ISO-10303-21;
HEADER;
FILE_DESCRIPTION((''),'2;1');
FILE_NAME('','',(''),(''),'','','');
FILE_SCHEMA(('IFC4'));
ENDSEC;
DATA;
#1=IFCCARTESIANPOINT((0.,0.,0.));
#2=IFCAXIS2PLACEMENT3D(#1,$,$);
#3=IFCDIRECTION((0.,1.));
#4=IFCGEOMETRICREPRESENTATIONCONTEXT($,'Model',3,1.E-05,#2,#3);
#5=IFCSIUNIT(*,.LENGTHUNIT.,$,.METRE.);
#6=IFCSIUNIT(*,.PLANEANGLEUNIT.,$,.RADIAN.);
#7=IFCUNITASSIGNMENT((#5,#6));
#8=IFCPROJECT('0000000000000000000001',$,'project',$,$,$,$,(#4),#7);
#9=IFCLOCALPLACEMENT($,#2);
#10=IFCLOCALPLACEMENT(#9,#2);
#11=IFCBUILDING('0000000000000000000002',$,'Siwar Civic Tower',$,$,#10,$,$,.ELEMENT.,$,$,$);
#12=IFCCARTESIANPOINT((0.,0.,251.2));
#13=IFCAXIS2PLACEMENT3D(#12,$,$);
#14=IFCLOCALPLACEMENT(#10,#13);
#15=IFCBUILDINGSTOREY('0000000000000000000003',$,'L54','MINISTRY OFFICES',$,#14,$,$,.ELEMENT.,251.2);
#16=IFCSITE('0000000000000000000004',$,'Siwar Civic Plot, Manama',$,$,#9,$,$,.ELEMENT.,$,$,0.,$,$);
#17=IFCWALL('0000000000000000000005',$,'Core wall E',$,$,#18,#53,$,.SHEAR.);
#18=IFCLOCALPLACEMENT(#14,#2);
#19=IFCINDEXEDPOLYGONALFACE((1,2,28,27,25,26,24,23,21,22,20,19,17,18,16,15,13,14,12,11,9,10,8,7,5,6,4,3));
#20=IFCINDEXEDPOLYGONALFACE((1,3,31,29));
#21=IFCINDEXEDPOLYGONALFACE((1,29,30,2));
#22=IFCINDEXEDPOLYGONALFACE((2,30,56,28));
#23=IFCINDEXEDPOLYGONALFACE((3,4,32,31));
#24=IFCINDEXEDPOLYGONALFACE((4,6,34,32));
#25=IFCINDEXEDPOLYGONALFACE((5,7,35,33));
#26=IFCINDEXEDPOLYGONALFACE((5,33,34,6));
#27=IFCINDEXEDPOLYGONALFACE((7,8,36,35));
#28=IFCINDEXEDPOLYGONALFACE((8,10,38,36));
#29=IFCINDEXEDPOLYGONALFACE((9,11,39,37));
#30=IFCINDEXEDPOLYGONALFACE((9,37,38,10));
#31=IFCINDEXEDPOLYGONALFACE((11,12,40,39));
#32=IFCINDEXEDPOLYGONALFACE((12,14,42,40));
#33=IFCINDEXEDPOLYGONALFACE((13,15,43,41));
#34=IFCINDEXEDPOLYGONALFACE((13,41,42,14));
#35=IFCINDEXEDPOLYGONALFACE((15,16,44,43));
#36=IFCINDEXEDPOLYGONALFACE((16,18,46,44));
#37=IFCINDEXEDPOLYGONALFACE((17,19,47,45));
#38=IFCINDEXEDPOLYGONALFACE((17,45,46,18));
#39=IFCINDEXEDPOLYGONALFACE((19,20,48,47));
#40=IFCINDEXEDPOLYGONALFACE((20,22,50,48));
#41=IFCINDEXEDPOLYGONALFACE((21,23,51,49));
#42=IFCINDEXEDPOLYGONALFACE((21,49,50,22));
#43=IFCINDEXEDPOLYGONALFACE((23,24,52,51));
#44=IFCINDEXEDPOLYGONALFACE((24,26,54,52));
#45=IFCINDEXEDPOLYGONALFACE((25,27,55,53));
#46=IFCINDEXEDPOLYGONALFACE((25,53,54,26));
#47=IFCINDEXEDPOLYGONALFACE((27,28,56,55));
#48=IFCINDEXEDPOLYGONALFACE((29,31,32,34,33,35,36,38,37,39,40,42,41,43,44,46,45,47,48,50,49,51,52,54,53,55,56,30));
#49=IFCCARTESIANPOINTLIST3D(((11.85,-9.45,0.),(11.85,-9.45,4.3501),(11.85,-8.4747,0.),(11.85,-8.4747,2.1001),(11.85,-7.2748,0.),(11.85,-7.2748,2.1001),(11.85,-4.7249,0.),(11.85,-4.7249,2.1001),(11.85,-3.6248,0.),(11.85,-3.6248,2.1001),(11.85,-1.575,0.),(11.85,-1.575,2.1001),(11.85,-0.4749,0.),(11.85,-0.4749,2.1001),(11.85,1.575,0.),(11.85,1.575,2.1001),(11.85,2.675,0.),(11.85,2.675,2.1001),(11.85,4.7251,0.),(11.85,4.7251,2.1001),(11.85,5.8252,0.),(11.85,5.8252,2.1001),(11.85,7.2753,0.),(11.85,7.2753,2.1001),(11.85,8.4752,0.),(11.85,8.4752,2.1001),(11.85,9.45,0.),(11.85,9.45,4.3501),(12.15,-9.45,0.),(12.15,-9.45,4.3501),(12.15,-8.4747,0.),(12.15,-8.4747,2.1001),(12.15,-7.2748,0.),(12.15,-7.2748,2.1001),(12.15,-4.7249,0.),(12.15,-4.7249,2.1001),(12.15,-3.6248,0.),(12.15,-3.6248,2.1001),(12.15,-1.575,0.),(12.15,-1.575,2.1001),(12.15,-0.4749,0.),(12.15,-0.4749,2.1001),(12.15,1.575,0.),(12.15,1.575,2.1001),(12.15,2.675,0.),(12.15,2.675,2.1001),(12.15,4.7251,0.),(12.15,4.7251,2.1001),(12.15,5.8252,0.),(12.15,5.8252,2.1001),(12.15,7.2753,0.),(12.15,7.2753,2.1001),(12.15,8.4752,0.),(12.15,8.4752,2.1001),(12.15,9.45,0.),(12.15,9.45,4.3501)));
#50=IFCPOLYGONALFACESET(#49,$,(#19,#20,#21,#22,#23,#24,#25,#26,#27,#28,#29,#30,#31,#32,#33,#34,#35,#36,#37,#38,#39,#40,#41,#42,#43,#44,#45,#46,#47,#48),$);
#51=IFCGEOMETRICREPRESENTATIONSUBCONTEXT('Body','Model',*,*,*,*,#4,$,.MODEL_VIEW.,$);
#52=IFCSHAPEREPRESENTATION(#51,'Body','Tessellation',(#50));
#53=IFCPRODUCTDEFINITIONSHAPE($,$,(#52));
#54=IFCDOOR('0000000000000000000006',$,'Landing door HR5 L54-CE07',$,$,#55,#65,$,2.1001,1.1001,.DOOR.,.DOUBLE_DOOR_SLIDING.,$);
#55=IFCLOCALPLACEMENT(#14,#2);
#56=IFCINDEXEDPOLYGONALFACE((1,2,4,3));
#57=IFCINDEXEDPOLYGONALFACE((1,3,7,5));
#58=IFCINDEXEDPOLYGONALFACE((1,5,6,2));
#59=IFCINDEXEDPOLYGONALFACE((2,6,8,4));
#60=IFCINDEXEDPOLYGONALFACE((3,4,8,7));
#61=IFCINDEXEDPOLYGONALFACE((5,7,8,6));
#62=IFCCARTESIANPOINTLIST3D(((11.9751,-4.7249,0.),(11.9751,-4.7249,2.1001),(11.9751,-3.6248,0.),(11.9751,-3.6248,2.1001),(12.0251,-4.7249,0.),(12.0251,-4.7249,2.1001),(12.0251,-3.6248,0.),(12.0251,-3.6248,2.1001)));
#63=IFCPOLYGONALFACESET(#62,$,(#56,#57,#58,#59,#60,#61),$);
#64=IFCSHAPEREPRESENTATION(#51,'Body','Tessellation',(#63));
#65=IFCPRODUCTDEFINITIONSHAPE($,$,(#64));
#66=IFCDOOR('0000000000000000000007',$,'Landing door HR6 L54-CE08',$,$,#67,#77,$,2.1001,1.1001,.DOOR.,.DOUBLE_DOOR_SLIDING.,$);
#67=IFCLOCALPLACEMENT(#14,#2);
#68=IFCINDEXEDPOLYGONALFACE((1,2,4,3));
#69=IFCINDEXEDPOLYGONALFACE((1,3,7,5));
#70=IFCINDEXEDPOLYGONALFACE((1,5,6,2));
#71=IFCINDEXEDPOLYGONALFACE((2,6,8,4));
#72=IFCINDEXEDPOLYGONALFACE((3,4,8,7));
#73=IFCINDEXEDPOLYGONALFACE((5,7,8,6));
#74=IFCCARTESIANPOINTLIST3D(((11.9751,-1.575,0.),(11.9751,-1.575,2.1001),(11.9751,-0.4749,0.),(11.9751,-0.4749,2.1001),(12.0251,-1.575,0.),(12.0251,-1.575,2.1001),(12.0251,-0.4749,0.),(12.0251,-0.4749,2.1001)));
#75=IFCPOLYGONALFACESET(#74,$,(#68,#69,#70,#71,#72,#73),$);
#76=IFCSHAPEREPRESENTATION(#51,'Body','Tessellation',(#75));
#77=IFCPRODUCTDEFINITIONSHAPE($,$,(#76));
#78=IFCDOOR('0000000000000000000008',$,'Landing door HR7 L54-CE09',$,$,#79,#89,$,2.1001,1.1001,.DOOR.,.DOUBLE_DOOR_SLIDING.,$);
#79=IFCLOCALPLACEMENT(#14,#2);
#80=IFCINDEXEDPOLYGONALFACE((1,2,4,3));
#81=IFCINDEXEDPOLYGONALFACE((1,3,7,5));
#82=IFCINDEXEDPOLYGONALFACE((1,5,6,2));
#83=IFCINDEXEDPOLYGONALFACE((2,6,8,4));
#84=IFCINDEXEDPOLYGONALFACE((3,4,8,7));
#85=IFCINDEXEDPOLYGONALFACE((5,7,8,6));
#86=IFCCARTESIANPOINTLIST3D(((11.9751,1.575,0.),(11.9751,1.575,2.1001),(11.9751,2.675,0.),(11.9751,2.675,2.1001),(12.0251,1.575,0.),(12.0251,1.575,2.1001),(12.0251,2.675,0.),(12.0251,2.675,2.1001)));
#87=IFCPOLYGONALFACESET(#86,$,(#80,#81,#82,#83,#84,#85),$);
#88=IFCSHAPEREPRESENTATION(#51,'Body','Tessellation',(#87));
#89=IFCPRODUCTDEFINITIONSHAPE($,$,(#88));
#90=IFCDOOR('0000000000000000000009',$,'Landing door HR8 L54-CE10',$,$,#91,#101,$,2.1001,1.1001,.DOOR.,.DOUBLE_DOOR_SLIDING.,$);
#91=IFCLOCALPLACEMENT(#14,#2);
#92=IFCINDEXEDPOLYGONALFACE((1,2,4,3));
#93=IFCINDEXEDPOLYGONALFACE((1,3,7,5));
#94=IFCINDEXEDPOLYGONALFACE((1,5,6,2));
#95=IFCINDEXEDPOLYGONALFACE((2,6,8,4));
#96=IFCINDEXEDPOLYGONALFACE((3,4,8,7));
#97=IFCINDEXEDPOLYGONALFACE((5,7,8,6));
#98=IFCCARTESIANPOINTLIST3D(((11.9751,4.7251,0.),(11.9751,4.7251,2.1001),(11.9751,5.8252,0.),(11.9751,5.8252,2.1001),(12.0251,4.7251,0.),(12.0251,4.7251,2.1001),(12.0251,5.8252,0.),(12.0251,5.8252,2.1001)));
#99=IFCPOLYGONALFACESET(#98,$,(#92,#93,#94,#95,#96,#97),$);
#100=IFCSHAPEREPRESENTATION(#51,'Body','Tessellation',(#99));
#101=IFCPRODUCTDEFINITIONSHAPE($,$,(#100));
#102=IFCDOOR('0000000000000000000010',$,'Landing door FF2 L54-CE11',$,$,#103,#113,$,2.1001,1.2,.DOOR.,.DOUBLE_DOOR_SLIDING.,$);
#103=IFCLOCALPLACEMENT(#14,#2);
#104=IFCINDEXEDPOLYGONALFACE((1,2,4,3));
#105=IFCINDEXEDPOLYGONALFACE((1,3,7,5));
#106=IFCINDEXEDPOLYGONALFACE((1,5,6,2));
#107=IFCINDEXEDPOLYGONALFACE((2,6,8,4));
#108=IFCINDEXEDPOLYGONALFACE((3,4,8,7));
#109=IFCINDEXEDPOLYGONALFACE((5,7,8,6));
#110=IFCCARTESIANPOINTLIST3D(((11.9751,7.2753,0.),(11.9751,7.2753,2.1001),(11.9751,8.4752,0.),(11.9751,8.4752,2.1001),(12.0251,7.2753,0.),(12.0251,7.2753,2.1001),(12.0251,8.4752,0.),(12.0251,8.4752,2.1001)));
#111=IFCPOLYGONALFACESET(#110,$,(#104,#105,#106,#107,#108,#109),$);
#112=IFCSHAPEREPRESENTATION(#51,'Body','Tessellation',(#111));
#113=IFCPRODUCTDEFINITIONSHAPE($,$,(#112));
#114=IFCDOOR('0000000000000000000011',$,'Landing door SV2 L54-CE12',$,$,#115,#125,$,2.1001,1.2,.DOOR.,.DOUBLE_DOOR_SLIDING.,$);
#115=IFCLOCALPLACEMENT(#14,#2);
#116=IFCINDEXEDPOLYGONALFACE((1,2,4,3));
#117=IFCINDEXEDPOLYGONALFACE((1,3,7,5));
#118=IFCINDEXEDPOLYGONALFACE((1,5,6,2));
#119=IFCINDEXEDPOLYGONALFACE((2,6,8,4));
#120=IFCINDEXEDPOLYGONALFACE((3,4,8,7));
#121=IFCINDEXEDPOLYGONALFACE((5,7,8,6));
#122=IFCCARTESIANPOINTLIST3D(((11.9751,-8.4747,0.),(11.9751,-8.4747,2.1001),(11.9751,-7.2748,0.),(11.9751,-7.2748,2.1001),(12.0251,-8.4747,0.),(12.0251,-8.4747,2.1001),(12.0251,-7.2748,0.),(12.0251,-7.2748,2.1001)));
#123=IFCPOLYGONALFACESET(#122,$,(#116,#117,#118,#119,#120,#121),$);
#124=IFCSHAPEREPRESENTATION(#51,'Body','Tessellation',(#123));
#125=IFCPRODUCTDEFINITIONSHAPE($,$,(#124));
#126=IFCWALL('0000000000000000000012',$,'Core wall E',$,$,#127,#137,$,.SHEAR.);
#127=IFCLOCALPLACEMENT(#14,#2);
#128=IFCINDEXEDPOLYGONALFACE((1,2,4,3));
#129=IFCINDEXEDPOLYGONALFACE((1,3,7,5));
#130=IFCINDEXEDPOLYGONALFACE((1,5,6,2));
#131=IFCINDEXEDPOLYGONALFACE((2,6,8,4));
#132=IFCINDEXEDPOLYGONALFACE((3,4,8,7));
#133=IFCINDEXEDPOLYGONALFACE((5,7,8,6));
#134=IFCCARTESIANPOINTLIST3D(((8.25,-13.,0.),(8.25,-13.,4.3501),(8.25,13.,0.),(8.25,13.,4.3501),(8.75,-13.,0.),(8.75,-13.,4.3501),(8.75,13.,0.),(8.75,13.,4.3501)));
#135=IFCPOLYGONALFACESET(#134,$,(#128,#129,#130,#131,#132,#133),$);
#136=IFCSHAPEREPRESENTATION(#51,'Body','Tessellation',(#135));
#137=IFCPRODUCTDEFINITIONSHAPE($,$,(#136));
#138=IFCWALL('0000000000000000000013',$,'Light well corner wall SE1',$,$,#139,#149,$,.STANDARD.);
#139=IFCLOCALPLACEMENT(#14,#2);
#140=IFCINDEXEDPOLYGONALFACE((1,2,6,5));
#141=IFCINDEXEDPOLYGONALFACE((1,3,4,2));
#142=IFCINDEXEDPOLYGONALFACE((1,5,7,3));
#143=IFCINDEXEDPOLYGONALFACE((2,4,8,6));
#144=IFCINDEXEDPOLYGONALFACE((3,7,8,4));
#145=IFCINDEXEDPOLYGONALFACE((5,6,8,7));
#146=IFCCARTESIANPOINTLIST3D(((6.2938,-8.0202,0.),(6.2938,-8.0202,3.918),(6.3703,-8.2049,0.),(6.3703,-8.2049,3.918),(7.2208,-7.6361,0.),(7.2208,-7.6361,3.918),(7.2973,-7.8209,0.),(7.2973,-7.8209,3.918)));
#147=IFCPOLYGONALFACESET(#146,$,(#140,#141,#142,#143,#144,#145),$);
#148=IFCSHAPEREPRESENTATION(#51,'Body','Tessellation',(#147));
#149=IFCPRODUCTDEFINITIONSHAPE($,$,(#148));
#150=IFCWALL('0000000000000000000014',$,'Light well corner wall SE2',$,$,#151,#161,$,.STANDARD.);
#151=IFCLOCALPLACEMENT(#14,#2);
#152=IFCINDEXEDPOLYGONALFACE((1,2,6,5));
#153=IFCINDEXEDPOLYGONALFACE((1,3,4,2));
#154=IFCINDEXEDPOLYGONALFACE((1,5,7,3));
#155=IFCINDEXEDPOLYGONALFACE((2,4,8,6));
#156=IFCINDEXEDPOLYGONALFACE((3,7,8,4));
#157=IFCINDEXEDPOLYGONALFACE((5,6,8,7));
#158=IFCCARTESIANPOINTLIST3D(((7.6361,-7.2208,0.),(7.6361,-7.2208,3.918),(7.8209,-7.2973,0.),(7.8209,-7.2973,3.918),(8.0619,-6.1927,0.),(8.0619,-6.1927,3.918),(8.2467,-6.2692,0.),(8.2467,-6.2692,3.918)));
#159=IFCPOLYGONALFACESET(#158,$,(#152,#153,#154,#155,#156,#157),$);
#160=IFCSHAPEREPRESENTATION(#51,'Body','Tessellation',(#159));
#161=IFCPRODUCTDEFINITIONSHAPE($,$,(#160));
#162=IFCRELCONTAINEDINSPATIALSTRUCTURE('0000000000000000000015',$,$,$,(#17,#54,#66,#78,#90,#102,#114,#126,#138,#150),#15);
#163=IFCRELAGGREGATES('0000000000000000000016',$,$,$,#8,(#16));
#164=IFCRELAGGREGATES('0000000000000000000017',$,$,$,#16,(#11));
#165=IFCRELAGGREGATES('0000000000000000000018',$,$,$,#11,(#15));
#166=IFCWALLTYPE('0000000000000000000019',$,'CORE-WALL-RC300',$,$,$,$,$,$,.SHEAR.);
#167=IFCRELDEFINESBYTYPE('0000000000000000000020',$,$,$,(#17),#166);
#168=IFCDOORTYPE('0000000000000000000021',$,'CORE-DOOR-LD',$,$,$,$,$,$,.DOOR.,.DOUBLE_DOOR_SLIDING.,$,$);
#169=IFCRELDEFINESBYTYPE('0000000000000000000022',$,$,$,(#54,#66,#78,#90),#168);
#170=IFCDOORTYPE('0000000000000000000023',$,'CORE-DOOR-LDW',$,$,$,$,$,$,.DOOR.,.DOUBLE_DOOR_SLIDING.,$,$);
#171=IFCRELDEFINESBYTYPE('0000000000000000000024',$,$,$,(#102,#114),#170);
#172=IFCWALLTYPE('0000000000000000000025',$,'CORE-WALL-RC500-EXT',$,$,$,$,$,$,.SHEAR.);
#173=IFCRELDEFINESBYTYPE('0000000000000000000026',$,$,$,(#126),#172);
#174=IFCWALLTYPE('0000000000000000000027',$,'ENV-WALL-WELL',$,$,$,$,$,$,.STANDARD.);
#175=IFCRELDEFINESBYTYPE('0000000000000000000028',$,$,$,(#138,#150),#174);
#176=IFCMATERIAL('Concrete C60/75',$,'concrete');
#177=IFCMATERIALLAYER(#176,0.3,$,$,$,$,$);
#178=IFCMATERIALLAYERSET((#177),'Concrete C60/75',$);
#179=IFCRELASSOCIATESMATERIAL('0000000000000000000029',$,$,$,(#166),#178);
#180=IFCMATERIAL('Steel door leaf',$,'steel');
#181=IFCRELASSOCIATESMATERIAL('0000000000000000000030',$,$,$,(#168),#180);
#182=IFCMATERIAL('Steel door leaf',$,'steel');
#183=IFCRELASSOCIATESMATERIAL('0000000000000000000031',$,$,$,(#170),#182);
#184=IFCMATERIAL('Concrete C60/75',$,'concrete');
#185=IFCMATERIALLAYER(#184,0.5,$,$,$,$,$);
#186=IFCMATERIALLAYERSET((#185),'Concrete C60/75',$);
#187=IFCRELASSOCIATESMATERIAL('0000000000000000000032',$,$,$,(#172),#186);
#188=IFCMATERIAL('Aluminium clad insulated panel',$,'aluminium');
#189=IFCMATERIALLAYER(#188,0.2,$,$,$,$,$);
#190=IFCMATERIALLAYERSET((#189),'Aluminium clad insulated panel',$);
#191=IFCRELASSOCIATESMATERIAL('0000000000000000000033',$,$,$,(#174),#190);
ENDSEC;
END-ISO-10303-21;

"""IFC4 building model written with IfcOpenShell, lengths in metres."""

from ifc_helpers import new_model, si_unit, direction, frame, frame_2d, origin, place, context, subcontext, project, spatial, rectangle, extrude, material, layer, layer_set, type_object, element, fill, save


model = new_model("IFC4")

# Units and contexts
model_context = context("Model", 3, precision=1e-05, world=origin(), true_north=direction((0.0, 1.0)))
body_context = subcontext(model_context, "Body", "Model", "MODEL_VIEW")
ifc_project = project(units=[si_unit("LENGTHUNIT", "METRE"), si_unit("PLANEANGLEUNIT", "RADIAN")], contexts=[model_context])

# Site, building, storey
site_placement = place(None, origin())
site = spatial("IfcSite", under=ifc_project, at=site_placement, Name="Siwar Civic Plot, Manama", CompositionType="ELEMENT", RefElevation=0.0)
building_placement = place(site_placement, origin())
building = spatial("IfcBuilding", under=site, at=building_placement, Name="Siwar Civic Tower", CompositionType="ELEMENT")
storey_placement = place(building_placement, frame((0.0, 0.0, 251.2)))
storey = spatial("IfcBuildingStorey", under=building, at=storey_placement, Name="L54", Description="MINISTRY OFFICES", CompositionType="ELEMENT", Elevation=251.2)

# Wall, openings, doors
ifc_material_1 = material(Name="Concrete C60/75", Category="concrete")
ifc_layer_1 = layer(ifc_material_1, 0.3)
ifc_layer_set_1 = layer_set([ifc_layer_1], Name="Concrete C60/75")
wall_type_1 = type_object("IfcWallType", Name="CORE-WALL-RC300", PredefinedType="SHEAR", material=ifc_layer_set_1)
wall_1_placement = place(storey_placement, frame((12.0, -9.45, 0.0), z_axis=(0.0, 0.0, 1.0), x_axis=(0.0, 1.0, 0.0)))
wall_1 = element("IfcWall", 1, at=wall_1_placement, inside=storey, type_object=wall_type_1, Name="Core wall E", PredefinedType="SHEAR", context=body_context, shape_type="SweptSolid", body=[
    extrude(rectangle(XDim=18.8999, YDim=0.3, at=frame_2d((9.45, 0.0))), origin(), (0.0, 0.0, 1.0), 4.3501),
])
opening_1_placement = place(wall_1_placement, frame((4.7251, 0.0, 0.0)))
opening_1 = element("IfcOpeningElement", 2, at=opening_1_placement, cuts=wall_1, PredefinedType="OPENING", context=body_context, shape_type="SweptSolid", body=[
    extrude(rectangle(XDim=1.1001, YDim=2.1001, at=frame_2d((0.55, 1.05))), frame((0.0, 0.1602, 0.0), z_axis=(0.0, -1.0, 0.0), x_axis=(1.0, 0.0, 0.0)), (0.0, 0.0, 1.0), 0.3201),
])
opening_2_placement = place(wall_1_placement, frame((7.875, 0.0, 0.0)))
opening_2 = element("IfcOpeningElement", 3, at=opening_2_placement, cuts=wall_1, PredefinedType="OPENING", context=body_context, shape_type="SweptSolid", body=[
    extrude(rectangle(XDim=1.1001, YDim=2.1001, at=frame_2d((0.55, 1.05))), frame((0.0, 0.1602, 0.0), z_axis=(0.0, -1.0, 0.0), x_axis=(1.0, 0.0, 0.0)), (0.0, 0.0, 1.0), 0.3201),
])
opening_3_placement = place(wall_1_placement, frame((11.0249, 0.0, 0.0)))
opening_3 = element("IfcOpeningElement", 4, at=opening_3_placement, cuts=wall_1, PredefinedType="OPENING", context=body_context, shape_type="SweptSolid", body=[
    extrude(rectangle(XDim=1.1001, YDim=2.1001, at=frame_2d((0.55, 1.05))), frame((0.0, 0.1602, 0.0), z_axis=(0.0, -1.0, 0.0), x_axis=(1.0, 0.0, 0.0)), (0.0, 0.0, 1.0), 0.3201),
])
opening_4_placement = place(wall_1_placement, frame((14.175, 0.0, 0.0)))
opening_4 = element("IfcOpeningElement", 5, at=opening_4_placement, cuts=wall_1, PredefinedType="OPENING", context=body_context, shape_type="SweptSolid", body=[
    extrude(rectangle(XDim=1.1001, YDim=2.1001, at=frame_2d((0.55, 1.05))), frame((0.0, 0.1602, 0.0), z_axis=(0.0, -1.0, 0.0), x_axis=(1.0, 0.0, 0.0)), (0.0, 0.0, 1.0), 0.3201),
])
opening_5_placement = place(wall_1_placement, frame((16.7251, 0.0, 0.0)))
opening_5 = element("IfcOpeningElement", 6, at=opening_5_placement, cuts=wall_1, PredefinedType="OPENING", context=body_context, shape_type="SweptSolid", body=[
    extrude(rectangle(XDim=1.2, YDim=2.1001, at=frame_2d((0.6001, 1.05))), frame((0.0, 0.1602, 0.0), z_axis=(0.0, -1.0, 0.0), x_axis=(1.0, 0.0, 0.0)), (0.0, 0.0, 1.0), 0.3201),
])
opening_6_placement = place(wall_1_placement, frame((0.9751, 0.0, 0.0)))
opening_6 = element("IfcOpeningElement", 7, at=opening_6_placement, cuts=wall_1, PredefinedType="OPENING", context=body_context, shape_type="SweptSolid", body=[
    extrude(rectangle(XDim=1.2, YDim=2.1001, at=frame_2d((0.6001, 1.05))), frame((0.0, 0.1602, 0.0), z_axis=(0.0, -1.0, 0.0), x_axis=(1.0, 0.0, 0.0)), (0.0, 0.0, 1.0), 0.3201),
])
ifc_material_2 = material(Name="Steel door leaf", Category="steel")
door_type_1 = type_object("IfcDoorType", Name="CORE-DOOR-LD", OperationType="DOUBLE_DOOR_SLIDING", PredefinedType="DOOR", material=ifc_material_2)
door_1_placement = place(opening_1_placement, origin())
door_1 = element("IfcDoor", 8, at=door_1_placement, inside=storey, type_object=door_type_1, Name="Landing door HR5 L54-CE07", OperationType="DOUBLE_DOOR_SLIDING", OverallHeight=2.1001, OverallWidth=1.1001, PredefinedType="DOOR", context=body_context, shape_type="SweptSolid", body=[
    extrude(rectangle(XDim=1.1001, YDim=2.1001, at=frame_2d((0.55, 1.05))), frame((0.0, 0.0249, 0.0), z_axis=(0.0, -1.0, 0.0), x_axis=(1.0, 0.0, 0.0)), (0.0, 0.0, 1.0), 0.05),
])
fill(opening_1, door_1)
door_2_placement = place(opening_2_placement, origin())
door_2 = element("IfcDoor", 9, at=door_2_placement, inside=storey, type_object=door_type_1, Name="Landing door HR6 L54-CE08", OperationType="DOUBLE_DOOR_SLIDING", OverallHeight=2.1001, OverallWidth=1.1001, PredefinedType="DOOR", context=body_context, shape_type="SweptSolid", body=[
    extrude(rectangle(XDim=1.1001, YDim=2.1001, at=frame_2d((0.55, 1.05))), frame((0.0, 0.0249, 0.0), z_axis=(0.0, -1.0, 0.0), x_axis=(1.0, 0.0, 0.0)), (0.0, 0.0, 1.0), 0.05),
])
fill(opening_2, door_2)
door_3_placement = place(opening_3_placement, origin())
door_3 = element("IfcDoor", 10, at=door_3_placement, inside=storey, type_object=door_type_1, Name="Landing door HR7 L54-CE09", OperationType="DOUBLE_DOOR_SLIDING", OverallHeight=2.1001, OverallWidth=1.1001, PredefinedType="DOOR", context=body_context, shape_type="SweptSolid", body=[
    extrude(rectangle(XDim=1.1001, YDim=2.1001, at=frame_2d((0.55, 1.05))), frame((0.0, 0.0249, 0.0), z_axis=(0.0, -1.0, 0.0), x_axis=(1.0, 0.0, 0.0)), (0.0, 0.0, 1.0), 0.05),
])
fill(opening_3, door_3)
door_4_placement = place(opening_4_placement, origin())
door_4 = element("IfcDoor", 11, at=door_4_placement, inside=storey, type_object=door_type_1, Name="Landing door HR8 L54-CE10", OperationType="DOUBLE_DOOR_SLIDING", OverallHeight=2.1001, OverallWidth=1.1001, PredefinedType="DOOR", context=body_context, shape_type="SweptSolid", body=[
    extrude(rectangle(XDim=1.1001, YDim=2.1001, at=frame_2d((0.55, 1.05))), frame((0.0, 0.0249, 0.0), z_axis=(0.0, -1.0, 0.0), x_axis=(1.0, 0.0, 0.0)), (0.0, 0.0, 1.0), 0.05),
])
fill(opening_4, door_4)
ifc_material_3 = material(Name="Steel door leaf", Category="steel")
door_type_2 = type_object("IfcDoorType", Name="CORE-DOOR-LDW", OperationType="DOUBLE_DOOR_SLIDING", PredefinedType="DOOR", material=ifc_material_3)
door_5_placement = place(opening_5_placement, origin())
door_5 = element("IfcDoor", 12, at=door_5_placement, inside=storey, type_object=door_type_2, Name="Landing door FF2 L54-CE11", OperationType="DOUBLE_DOOR_SLIDING", OverallHeight=2.1001, OverallWidth=1.2, PredefinedType="DOOR", context=body_context, shape_type="SweptSolid", body=[
    extrude(rectangle(XDim=1.2, YDim=2.1001, at=frame_2d((0.6001, 1.05))), frame((0.0, 0.0249, 0.0), z_axis=(0.0, -1.0, 0.0), x_axis=(1.0, 0.0, 0.0)), (0.0, 0.0, 1.0), 0.05),
])
fill(opening_5, door_5)
door_6_placement = place(opening_6_placement, origin())
door_6 = element("IfcDoor", 13, at=door_6_placement, inside=storey, type_object=door_type_2, Name="Landing door SV2 L54-CE12", OperationType="DOUBLE_DOOR_SLIDING", OverallHeight=2.1001, OverallWidth=1.2, PredefinedType="DOOR", context=body_context, shape_type="SweptSolid", body=[
    extrude(rectangle(XDim=1.2, YDim=2.1001, at=frame_2d((0.6001, 1.05))), frame((0.0, 0.0249, 0.0), z_axis=(0.0, -1.0, 0.0), x_axis=(1.0, 0.0, 0.0)), (0.0, 0.0, 1.0), 0.05),
])
fill(opening_6, door_6)

# Walls
ifc_material_4 = material(Name="Concrete C60/75", Category="concrete")
ifc_layer_2 = layer(ifc_material_4, 0.5)
ifc_layer_set_2 = layer_set([ifc_layer_2], Name="Concrete C60/75")
wall_type_2 = type_object("IfcWallType", Name="CORE-WALL-RC500-EXT", PredefinedType="SHEAR", material=ifc_layer_set_2)
wall_2_placement = place(storey_placement, frame((8.5, -13.0, 0.0), z_axis=(0.0, 0.0, 1.0), x_axis=(0.0, 1.0, 0.0)))
element("IfcWall", 14, at=wall_2_placement, inside=storey, type_object=wall_type_2, Name="Core wall E", PredefinedType="SHEAR", context=body_context, shape_type="SweptSolid", body=[
    extrude(rectangle(XDim=26.0, YDim=0.5, at=frame_2d((13.0, 0.0))), origin(), (0.0, 0.0, 1.0), 4.3501),
])
ifc_material_5 = material(Name="Aluminium clad insulated panel", Category="aluminium")
ifc_layer_3 = layer(ifc_material_5, 0.2)
ifc_layer_set_3 = layer_set([ifc_layer_3], Name="Aluminium clad insulated panel")
wall_type_3 = type_object("IfcWallType", Name="ENV-WALL-WELL", PredefinedType="STANDARD", material=ifc_layer_set_3)
wall_3_placement = place(storey_placement, frame((6.332, -8.1125, 0.0), z_axis=(0.0, 0.0, 1.0), x_axis=(0.92386, 0.382731, 0.0)))
element("IfcWall", 15, at=wall_3_placement, inside=storey, type_object=wall_type_3, Name="Light well corner wall SE1", PredefinedType="STANDARD", context=body_context, shape_type="SweptSolid", body=[
    extrude(rectangle(XDim=1.0034, YDim=0.2, at=frame_2d((0.5017, 0.0))), origin(), (0.0, 0.0, 1.0), 3.918),
])
wall_4_placement = place(storey_placement, frame((7.7285, -7.259, 0.0), z_axis=(0.0, 0.0, 1.0), x_axis=(0.382636, 0.923899, 0.0)))
element("IfcWall", 16, at=wall_4_placement, inside=storey, type_object=wall_type_3, Name="Light well corner wall SE2", PredefinedType="STANDARD", context=body_context, shape_type="SweptSolid", body=[
    extrude(rectangle(XDim=1.1128, YDim=0.2, at=frame_2d((0.5564, 0.0))), origin(), (0.0, 0.0, 1.0), 3.918),
])

save(model, "model.ifc")
